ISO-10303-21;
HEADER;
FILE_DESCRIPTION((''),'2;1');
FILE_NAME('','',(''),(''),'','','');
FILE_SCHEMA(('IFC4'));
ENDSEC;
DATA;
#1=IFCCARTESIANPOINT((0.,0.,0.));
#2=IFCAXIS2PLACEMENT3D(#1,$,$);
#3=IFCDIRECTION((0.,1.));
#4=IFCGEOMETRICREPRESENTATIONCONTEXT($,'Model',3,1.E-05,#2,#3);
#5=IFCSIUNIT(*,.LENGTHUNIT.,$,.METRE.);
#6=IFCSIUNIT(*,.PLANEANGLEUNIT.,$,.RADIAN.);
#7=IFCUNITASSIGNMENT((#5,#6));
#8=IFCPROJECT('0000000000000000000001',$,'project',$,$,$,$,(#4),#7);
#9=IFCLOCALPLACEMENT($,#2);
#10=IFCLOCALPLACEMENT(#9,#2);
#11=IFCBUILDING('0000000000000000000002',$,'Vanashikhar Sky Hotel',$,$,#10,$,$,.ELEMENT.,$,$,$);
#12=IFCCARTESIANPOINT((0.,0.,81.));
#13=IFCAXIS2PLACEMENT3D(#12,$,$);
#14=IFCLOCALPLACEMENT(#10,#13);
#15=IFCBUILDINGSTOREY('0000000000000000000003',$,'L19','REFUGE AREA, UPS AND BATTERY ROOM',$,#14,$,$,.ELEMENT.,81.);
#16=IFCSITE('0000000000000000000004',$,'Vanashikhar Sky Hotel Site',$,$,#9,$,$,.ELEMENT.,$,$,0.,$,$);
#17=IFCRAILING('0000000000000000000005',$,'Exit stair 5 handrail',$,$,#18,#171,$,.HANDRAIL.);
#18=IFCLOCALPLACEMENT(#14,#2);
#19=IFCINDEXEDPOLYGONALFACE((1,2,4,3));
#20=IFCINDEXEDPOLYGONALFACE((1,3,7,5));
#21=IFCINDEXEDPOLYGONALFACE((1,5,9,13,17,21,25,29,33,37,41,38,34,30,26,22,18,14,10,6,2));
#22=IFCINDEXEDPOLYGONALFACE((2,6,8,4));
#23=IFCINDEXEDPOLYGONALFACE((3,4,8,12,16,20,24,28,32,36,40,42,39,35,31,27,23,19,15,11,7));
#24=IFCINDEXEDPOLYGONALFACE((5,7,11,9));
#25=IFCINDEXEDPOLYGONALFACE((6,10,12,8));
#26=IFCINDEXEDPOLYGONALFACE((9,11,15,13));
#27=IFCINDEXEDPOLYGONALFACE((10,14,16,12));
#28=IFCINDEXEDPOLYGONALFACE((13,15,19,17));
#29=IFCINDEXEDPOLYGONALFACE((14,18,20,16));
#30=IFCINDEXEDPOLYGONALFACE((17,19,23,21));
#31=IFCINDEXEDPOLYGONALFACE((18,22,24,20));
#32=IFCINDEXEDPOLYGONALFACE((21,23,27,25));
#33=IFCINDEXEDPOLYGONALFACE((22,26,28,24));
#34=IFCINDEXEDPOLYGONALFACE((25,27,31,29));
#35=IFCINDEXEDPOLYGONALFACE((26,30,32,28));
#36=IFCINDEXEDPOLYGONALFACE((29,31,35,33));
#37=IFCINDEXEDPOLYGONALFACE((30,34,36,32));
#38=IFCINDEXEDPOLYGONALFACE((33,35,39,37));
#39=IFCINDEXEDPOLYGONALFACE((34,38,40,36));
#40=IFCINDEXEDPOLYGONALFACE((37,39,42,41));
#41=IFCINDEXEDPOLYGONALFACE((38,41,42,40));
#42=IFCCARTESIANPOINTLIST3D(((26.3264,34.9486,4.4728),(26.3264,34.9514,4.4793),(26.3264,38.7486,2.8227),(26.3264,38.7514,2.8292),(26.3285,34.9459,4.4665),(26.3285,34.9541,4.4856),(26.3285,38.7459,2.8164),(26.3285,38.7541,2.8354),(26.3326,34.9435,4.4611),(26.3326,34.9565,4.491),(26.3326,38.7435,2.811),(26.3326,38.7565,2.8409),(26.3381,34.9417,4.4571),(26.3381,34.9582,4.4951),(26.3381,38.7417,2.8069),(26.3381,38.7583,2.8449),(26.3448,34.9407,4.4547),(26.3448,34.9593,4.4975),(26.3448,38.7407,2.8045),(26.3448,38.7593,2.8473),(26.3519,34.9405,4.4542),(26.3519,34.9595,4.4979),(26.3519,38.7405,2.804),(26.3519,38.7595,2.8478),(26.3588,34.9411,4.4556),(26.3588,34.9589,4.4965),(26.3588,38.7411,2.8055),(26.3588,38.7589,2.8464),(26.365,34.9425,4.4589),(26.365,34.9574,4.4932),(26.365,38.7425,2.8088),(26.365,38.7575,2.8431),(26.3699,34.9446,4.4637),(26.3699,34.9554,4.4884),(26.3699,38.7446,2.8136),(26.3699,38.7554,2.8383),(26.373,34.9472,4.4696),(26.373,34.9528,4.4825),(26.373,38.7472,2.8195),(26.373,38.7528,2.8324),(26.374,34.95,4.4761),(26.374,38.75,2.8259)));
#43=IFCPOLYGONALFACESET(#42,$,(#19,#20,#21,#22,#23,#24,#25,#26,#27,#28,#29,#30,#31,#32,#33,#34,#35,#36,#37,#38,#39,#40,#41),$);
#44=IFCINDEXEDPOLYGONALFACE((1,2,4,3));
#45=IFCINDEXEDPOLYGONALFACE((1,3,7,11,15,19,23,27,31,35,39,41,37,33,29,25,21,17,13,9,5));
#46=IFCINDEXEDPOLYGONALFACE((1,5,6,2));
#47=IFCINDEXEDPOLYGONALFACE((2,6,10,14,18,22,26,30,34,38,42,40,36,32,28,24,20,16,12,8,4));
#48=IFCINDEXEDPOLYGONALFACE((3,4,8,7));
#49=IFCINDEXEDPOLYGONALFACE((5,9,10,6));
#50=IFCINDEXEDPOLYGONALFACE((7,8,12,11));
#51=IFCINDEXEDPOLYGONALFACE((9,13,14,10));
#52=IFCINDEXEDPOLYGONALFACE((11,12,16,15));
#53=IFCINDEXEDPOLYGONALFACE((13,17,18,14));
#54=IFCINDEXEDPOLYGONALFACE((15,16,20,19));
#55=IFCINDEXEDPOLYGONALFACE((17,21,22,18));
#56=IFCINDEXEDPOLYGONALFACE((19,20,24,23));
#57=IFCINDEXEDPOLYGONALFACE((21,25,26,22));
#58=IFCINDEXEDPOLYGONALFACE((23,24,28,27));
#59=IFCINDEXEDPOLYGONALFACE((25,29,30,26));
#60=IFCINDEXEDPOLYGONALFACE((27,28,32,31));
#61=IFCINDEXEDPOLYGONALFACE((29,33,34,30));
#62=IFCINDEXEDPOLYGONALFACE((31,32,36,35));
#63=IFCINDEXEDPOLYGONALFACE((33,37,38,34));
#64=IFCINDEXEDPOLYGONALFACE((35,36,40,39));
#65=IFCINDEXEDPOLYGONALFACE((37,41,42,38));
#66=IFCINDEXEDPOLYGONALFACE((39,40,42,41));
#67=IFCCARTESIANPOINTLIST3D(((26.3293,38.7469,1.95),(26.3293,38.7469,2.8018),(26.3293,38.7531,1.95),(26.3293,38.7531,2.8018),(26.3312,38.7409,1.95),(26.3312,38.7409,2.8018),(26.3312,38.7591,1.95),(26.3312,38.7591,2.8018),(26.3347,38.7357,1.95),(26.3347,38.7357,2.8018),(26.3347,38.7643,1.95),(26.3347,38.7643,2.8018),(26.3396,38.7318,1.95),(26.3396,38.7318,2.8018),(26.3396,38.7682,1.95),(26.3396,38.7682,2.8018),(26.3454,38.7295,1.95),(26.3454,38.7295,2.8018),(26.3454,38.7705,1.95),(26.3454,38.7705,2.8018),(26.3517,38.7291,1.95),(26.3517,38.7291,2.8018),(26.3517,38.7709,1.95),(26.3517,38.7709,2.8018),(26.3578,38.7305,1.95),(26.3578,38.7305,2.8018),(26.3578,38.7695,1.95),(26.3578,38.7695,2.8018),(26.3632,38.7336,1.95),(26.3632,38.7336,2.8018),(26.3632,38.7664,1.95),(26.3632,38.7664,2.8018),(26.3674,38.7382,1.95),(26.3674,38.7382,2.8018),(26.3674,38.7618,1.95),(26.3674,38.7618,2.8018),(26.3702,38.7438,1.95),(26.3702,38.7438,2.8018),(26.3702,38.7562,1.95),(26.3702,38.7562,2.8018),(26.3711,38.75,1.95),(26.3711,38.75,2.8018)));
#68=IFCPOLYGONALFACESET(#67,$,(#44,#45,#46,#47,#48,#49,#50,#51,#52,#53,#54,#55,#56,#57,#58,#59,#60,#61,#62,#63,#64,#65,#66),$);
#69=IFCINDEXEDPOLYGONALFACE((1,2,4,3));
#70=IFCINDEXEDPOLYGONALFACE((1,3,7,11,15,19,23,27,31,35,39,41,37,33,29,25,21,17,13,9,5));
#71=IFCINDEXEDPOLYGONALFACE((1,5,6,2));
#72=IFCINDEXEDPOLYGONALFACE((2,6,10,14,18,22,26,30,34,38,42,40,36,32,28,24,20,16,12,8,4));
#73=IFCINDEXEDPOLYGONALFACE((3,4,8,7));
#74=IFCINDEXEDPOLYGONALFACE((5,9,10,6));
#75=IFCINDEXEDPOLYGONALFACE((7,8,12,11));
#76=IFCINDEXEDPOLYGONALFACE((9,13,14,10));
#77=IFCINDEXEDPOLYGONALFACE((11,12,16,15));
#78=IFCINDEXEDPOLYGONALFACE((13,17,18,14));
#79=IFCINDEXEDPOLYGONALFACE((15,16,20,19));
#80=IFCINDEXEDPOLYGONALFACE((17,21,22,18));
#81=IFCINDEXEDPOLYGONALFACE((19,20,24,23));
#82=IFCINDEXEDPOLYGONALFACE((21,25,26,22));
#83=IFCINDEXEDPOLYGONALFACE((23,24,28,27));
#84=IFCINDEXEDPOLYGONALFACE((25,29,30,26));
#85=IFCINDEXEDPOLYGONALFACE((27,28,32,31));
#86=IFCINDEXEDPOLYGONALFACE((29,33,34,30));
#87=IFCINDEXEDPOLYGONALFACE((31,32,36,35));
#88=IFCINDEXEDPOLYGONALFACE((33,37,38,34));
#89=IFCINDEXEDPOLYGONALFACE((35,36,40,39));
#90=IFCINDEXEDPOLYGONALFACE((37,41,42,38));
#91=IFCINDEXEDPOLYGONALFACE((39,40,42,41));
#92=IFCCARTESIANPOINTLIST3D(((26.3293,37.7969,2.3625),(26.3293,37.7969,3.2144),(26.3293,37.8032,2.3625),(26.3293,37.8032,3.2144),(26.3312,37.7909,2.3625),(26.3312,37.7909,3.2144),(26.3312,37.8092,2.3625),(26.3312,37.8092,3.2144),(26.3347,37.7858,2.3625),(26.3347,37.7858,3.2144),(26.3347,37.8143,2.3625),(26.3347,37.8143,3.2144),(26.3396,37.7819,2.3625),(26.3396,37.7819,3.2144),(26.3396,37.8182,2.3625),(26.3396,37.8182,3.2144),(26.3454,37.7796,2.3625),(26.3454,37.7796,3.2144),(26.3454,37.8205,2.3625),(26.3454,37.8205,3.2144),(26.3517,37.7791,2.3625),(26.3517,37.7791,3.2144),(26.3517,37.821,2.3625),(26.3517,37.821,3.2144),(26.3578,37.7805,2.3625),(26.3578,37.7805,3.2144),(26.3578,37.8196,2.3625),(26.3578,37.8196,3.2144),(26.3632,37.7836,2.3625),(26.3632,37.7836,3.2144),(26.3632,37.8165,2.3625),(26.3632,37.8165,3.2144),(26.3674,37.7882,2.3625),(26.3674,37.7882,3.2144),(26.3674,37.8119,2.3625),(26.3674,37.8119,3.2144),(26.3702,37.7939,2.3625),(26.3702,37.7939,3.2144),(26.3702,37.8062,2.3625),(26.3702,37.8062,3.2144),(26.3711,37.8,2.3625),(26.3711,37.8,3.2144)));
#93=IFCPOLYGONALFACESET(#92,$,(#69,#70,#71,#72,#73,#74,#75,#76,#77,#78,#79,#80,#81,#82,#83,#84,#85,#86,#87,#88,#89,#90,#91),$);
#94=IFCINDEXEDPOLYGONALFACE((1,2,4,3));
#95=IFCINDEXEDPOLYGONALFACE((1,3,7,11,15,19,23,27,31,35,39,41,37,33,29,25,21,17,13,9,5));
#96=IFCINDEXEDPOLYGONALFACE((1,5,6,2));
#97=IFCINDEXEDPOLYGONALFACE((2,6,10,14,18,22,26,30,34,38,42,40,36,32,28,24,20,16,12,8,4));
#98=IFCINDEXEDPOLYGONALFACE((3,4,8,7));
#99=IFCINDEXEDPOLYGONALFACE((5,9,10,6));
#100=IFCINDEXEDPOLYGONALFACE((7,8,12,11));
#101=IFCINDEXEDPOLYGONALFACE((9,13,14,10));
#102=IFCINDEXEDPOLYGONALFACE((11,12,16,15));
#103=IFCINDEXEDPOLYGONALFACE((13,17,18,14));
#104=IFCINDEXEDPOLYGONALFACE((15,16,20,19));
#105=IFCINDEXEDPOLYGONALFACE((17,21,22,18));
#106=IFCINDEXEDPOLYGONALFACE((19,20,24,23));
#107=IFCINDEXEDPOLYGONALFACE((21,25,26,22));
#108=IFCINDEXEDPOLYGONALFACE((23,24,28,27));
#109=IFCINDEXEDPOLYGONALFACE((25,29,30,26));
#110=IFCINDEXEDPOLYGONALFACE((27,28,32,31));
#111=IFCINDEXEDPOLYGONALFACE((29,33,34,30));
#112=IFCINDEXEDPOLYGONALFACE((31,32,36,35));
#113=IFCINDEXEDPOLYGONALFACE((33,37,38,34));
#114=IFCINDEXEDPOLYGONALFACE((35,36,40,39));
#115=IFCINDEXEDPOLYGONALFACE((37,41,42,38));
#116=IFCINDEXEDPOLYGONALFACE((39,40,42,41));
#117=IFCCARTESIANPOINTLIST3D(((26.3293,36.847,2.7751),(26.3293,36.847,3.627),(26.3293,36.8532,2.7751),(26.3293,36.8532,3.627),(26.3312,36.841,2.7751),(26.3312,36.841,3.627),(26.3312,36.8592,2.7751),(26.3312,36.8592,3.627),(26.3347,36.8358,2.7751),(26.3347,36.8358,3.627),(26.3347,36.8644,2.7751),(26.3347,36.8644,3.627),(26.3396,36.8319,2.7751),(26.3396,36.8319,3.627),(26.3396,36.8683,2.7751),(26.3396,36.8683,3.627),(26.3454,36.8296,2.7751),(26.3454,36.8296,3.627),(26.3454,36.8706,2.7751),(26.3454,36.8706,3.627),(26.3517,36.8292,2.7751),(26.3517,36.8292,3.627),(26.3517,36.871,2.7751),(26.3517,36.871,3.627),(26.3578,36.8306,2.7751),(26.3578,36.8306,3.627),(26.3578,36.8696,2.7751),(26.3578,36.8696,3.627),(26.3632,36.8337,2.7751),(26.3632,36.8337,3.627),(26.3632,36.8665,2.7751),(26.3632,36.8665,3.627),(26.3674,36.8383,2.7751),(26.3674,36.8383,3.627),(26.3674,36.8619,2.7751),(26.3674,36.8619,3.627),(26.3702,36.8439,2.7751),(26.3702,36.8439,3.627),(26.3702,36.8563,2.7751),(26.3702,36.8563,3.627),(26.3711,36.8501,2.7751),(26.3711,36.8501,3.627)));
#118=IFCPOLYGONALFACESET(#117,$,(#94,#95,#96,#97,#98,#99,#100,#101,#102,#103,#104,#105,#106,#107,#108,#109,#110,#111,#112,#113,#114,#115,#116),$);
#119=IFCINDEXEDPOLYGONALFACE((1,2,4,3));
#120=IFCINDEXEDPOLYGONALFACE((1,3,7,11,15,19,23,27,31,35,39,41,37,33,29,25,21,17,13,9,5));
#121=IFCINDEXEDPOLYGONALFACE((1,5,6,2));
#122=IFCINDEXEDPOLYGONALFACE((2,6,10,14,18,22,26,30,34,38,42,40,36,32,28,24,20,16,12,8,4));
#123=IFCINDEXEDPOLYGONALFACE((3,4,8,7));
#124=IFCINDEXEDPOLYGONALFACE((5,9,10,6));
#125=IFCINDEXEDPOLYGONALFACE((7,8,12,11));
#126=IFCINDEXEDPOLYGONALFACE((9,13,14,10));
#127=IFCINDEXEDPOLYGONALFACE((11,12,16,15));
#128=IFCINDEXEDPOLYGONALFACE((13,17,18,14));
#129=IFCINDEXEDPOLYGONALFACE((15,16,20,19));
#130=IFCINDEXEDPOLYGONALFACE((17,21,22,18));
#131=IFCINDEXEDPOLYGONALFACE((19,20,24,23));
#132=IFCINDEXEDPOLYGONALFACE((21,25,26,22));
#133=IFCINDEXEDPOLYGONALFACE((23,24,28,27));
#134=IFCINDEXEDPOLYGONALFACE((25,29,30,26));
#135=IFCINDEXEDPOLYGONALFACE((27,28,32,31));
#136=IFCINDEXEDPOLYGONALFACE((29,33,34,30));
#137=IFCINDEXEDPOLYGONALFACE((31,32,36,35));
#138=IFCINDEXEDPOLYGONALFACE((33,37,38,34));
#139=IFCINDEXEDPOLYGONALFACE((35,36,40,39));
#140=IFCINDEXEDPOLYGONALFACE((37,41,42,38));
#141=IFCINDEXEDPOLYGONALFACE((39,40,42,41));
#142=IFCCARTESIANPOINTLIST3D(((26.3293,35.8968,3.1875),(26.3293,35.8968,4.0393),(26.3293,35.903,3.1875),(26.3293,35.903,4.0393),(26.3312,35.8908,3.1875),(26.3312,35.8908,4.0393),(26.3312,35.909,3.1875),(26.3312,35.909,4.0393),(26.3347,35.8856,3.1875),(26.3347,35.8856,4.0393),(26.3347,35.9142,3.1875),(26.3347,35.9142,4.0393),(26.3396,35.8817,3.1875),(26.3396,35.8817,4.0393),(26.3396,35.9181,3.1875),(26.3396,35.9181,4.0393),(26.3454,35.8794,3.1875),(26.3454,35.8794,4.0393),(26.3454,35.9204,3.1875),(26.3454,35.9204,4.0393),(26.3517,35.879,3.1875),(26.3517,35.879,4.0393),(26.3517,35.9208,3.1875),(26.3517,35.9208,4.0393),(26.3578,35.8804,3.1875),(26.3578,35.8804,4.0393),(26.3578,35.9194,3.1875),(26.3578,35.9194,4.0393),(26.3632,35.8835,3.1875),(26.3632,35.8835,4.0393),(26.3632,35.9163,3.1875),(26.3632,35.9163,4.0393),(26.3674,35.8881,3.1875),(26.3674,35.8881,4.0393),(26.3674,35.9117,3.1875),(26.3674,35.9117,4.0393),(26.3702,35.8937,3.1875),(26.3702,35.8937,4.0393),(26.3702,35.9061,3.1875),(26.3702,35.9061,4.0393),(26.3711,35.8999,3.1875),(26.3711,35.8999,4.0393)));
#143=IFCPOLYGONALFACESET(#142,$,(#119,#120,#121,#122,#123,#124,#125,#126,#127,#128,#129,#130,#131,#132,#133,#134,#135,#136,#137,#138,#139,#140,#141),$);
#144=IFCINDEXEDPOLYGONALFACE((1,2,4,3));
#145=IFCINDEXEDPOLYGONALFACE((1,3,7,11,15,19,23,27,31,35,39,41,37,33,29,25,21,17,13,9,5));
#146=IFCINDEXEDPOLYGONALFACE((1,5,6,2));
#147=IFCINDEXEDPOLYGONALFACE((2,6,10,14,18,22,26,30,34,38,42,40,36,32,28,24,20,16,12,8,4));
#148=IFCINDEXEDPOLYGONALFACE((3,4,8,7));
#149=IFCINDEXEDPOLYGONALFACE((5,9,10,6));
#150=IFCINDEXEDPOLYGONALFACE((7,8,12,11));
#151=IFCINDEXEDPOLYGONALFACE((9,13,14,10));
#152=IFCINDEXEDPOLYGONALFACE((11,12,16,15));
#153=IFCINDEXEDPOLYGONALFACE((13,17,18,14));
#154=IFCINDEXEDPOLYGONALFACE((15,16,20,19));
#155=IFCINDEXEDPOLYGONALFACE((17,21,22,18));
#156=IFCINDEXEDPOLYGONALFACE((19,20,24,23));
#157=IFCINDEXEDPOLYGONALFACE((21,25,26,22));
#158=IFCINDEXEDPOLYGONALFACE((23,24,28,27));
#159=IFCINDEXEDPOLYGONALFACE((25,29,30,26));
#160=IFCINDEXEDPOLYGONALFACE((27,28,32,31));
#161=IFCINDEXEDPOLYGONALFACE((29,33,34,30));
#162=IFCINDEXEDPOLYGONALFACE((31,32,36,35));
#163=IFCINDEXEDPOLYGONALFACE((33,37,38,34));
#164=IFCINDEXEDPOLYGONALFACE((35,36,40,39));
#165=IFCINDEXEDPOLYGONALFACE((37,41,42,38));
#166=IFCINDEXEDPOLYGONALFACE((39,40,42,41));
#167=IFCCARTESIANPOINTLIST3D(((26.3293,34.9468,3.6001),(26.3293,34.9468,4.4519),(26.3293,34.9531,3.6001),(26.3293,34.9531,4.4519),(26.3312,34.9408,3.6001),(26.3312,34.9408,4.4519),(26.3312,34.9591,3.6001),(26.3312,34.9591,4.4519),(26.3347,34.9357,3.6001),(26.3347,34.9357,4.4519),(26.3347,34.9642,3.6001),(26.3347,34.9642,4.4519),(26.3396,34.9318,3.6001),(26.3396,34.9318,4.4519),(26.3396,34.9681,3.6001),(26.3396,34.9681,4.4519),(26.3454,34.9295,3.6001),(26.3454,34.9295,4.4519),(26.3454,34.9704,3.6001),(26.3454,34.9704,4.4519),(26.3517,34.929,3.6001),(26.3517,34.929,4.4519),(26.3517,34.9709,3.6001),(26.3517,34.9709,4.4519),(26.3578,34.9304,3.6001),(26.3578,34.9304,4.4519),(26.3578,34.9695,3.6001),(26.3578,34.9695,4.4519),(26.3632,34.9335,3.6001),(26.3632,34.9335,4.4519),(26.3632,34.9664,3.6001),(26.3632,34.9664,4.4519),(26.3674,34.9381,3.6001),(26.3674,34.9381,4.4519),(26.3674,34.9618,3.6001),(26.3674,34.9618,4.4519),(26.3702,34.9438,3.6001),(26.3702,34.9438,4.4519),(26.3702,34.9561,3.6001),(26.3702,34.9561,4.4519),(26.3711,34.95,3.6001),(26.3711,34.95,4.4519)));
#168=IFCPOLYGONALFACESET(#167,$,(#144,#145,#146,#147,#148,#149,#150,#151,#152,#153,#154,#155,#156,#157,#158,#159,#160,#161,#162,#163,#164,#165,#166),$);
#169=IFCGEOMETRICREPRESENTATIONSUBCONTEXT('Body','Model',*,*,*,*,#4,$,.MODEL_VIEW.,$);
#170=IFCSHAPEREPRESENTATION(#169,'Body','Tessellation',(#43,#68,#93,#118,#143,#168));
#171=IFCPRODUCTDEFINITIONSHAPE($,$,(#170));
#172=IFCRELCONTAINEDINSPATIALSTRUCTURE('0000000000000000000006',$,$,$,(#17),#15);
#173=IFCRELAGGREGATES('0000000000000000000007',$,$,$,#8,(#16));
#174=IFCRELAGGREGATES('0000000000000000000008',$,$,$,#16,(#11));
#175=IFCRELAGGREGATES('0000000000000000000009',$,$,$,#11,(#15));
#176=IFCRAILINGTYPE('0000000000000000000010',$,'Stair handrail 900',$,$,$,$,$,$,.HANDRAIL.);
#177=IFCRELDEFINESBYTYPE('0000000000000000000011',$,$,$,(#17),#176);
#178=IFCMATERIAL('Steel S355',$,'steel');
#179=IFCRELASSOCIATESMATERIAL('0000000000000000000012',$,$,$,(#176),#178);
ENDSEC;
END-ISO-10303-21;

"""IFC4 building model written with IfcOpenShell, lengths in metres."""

from ifc_helpers import new_model, si_unit, direction, frame, origin, origin_2d, place, context, subcontext, project, spatial, circle, extrude, source, transform, mapped, material, type_object, element, save


model = new_model("IFC4")

# Units and contexts
model_context = context("Model", 3, precision=1e-05, world=origin(), true_north=direction((0.0, 1.0)))
body_context = subcontext(model_context, "Body", "Model", "MODEL_VIEW")
ifc_project = project(units=[si_unit("LENGTHUNIT", "METRE"), si_unit("PLANEANGLEUNIT", "RADIAN")], contexts=[model_context])

# Site, building, storey
site_placement = place(None, origin())
site = spatial("IfcSite", under=ifc_project, at=site_placement, Name="Vanashikhar Sky Hotel Site", CompositionType="ELEMENT", RefElevation=0.0)
building_placement = place(site_placement, origin())
building = spatial("IfcBuilding", under=site, at=building_placement, Name="Vanashikhar Sky Hotel", CompositionType="ELEMENT")
storey_placement = place(building_placement, frame((0.0, 0.0, 81.0)))
storey = spatial("IfcBuildingStorey", under=building, at=storey_placement, Name="L19", Description="REFUGE AREA, UPS AND BATTERY ROOM", CompositionType="ELEMENT", Elevation=81.0)

# Railing
ifc_material_1 = material(Name="Steel S355", Category="steel")
railing_type = type_object("IfcRailingType", Name="Stair handrail 900", PredefinedType="HANDRAIL", material=ifc_material_1)
shared_shape_1 = source(origin(), body_context, "Body", "SweptSolid", [
    extrude(circle(Radius=0.0239, at=origin_2d()), frame((0.0, 0.0, 0.876), z_axis=(0.0, -0.917251, 0.39831), x_axis=(1.0, 0.0, 0.0)), (0.0, 0.0, 1.0), 4.1428),
    extrude(circle(Radius=0.021, at=origin_2d()), origin(), (0.0, 0.0, 1.0), 0.8518),
    extrude(circle(Radius=0.021, at=origin_2d()), frame((0.0, -0.95, 0.4126)), (0.0, 0.0, 1.0), 0.8518),
    extrude(circle(Radius=0.021, at=origin_2d()), frame((0.0, -1.8999, 0.8252)), (0.0, 0.0, 1.0), 0.8518),
    extrude(circle(Radius=0.021, at=origin_2d()), frame((0.0, -2.8501, 1.2375)), (0.0, 0.0, 1.0), 0.8518),
    extrude(circle(Radius=0.021, at=origin_2d()), frame((0.0, -3.8, 1.6501)), (0.0, 0.0, 1.0), 0.8518),
])
for number, where, name in (
    (1, (26.3501, 38.75, 1.95), "Exit stair 5 handrail"),
):
    element("IfcRailing", number, at=place(storey_placement, frame(where)), inside=storey, type_object=railing_type, Name=name, PredefinedType="HANDRAIL", context=body_context, shape_type="MappedRepresentation", body=[
        mapped(shared_shape_1, transform((0.0, 0.0, 0.0), scale=1.0)),
    ])

save(model, "model.ifc")
